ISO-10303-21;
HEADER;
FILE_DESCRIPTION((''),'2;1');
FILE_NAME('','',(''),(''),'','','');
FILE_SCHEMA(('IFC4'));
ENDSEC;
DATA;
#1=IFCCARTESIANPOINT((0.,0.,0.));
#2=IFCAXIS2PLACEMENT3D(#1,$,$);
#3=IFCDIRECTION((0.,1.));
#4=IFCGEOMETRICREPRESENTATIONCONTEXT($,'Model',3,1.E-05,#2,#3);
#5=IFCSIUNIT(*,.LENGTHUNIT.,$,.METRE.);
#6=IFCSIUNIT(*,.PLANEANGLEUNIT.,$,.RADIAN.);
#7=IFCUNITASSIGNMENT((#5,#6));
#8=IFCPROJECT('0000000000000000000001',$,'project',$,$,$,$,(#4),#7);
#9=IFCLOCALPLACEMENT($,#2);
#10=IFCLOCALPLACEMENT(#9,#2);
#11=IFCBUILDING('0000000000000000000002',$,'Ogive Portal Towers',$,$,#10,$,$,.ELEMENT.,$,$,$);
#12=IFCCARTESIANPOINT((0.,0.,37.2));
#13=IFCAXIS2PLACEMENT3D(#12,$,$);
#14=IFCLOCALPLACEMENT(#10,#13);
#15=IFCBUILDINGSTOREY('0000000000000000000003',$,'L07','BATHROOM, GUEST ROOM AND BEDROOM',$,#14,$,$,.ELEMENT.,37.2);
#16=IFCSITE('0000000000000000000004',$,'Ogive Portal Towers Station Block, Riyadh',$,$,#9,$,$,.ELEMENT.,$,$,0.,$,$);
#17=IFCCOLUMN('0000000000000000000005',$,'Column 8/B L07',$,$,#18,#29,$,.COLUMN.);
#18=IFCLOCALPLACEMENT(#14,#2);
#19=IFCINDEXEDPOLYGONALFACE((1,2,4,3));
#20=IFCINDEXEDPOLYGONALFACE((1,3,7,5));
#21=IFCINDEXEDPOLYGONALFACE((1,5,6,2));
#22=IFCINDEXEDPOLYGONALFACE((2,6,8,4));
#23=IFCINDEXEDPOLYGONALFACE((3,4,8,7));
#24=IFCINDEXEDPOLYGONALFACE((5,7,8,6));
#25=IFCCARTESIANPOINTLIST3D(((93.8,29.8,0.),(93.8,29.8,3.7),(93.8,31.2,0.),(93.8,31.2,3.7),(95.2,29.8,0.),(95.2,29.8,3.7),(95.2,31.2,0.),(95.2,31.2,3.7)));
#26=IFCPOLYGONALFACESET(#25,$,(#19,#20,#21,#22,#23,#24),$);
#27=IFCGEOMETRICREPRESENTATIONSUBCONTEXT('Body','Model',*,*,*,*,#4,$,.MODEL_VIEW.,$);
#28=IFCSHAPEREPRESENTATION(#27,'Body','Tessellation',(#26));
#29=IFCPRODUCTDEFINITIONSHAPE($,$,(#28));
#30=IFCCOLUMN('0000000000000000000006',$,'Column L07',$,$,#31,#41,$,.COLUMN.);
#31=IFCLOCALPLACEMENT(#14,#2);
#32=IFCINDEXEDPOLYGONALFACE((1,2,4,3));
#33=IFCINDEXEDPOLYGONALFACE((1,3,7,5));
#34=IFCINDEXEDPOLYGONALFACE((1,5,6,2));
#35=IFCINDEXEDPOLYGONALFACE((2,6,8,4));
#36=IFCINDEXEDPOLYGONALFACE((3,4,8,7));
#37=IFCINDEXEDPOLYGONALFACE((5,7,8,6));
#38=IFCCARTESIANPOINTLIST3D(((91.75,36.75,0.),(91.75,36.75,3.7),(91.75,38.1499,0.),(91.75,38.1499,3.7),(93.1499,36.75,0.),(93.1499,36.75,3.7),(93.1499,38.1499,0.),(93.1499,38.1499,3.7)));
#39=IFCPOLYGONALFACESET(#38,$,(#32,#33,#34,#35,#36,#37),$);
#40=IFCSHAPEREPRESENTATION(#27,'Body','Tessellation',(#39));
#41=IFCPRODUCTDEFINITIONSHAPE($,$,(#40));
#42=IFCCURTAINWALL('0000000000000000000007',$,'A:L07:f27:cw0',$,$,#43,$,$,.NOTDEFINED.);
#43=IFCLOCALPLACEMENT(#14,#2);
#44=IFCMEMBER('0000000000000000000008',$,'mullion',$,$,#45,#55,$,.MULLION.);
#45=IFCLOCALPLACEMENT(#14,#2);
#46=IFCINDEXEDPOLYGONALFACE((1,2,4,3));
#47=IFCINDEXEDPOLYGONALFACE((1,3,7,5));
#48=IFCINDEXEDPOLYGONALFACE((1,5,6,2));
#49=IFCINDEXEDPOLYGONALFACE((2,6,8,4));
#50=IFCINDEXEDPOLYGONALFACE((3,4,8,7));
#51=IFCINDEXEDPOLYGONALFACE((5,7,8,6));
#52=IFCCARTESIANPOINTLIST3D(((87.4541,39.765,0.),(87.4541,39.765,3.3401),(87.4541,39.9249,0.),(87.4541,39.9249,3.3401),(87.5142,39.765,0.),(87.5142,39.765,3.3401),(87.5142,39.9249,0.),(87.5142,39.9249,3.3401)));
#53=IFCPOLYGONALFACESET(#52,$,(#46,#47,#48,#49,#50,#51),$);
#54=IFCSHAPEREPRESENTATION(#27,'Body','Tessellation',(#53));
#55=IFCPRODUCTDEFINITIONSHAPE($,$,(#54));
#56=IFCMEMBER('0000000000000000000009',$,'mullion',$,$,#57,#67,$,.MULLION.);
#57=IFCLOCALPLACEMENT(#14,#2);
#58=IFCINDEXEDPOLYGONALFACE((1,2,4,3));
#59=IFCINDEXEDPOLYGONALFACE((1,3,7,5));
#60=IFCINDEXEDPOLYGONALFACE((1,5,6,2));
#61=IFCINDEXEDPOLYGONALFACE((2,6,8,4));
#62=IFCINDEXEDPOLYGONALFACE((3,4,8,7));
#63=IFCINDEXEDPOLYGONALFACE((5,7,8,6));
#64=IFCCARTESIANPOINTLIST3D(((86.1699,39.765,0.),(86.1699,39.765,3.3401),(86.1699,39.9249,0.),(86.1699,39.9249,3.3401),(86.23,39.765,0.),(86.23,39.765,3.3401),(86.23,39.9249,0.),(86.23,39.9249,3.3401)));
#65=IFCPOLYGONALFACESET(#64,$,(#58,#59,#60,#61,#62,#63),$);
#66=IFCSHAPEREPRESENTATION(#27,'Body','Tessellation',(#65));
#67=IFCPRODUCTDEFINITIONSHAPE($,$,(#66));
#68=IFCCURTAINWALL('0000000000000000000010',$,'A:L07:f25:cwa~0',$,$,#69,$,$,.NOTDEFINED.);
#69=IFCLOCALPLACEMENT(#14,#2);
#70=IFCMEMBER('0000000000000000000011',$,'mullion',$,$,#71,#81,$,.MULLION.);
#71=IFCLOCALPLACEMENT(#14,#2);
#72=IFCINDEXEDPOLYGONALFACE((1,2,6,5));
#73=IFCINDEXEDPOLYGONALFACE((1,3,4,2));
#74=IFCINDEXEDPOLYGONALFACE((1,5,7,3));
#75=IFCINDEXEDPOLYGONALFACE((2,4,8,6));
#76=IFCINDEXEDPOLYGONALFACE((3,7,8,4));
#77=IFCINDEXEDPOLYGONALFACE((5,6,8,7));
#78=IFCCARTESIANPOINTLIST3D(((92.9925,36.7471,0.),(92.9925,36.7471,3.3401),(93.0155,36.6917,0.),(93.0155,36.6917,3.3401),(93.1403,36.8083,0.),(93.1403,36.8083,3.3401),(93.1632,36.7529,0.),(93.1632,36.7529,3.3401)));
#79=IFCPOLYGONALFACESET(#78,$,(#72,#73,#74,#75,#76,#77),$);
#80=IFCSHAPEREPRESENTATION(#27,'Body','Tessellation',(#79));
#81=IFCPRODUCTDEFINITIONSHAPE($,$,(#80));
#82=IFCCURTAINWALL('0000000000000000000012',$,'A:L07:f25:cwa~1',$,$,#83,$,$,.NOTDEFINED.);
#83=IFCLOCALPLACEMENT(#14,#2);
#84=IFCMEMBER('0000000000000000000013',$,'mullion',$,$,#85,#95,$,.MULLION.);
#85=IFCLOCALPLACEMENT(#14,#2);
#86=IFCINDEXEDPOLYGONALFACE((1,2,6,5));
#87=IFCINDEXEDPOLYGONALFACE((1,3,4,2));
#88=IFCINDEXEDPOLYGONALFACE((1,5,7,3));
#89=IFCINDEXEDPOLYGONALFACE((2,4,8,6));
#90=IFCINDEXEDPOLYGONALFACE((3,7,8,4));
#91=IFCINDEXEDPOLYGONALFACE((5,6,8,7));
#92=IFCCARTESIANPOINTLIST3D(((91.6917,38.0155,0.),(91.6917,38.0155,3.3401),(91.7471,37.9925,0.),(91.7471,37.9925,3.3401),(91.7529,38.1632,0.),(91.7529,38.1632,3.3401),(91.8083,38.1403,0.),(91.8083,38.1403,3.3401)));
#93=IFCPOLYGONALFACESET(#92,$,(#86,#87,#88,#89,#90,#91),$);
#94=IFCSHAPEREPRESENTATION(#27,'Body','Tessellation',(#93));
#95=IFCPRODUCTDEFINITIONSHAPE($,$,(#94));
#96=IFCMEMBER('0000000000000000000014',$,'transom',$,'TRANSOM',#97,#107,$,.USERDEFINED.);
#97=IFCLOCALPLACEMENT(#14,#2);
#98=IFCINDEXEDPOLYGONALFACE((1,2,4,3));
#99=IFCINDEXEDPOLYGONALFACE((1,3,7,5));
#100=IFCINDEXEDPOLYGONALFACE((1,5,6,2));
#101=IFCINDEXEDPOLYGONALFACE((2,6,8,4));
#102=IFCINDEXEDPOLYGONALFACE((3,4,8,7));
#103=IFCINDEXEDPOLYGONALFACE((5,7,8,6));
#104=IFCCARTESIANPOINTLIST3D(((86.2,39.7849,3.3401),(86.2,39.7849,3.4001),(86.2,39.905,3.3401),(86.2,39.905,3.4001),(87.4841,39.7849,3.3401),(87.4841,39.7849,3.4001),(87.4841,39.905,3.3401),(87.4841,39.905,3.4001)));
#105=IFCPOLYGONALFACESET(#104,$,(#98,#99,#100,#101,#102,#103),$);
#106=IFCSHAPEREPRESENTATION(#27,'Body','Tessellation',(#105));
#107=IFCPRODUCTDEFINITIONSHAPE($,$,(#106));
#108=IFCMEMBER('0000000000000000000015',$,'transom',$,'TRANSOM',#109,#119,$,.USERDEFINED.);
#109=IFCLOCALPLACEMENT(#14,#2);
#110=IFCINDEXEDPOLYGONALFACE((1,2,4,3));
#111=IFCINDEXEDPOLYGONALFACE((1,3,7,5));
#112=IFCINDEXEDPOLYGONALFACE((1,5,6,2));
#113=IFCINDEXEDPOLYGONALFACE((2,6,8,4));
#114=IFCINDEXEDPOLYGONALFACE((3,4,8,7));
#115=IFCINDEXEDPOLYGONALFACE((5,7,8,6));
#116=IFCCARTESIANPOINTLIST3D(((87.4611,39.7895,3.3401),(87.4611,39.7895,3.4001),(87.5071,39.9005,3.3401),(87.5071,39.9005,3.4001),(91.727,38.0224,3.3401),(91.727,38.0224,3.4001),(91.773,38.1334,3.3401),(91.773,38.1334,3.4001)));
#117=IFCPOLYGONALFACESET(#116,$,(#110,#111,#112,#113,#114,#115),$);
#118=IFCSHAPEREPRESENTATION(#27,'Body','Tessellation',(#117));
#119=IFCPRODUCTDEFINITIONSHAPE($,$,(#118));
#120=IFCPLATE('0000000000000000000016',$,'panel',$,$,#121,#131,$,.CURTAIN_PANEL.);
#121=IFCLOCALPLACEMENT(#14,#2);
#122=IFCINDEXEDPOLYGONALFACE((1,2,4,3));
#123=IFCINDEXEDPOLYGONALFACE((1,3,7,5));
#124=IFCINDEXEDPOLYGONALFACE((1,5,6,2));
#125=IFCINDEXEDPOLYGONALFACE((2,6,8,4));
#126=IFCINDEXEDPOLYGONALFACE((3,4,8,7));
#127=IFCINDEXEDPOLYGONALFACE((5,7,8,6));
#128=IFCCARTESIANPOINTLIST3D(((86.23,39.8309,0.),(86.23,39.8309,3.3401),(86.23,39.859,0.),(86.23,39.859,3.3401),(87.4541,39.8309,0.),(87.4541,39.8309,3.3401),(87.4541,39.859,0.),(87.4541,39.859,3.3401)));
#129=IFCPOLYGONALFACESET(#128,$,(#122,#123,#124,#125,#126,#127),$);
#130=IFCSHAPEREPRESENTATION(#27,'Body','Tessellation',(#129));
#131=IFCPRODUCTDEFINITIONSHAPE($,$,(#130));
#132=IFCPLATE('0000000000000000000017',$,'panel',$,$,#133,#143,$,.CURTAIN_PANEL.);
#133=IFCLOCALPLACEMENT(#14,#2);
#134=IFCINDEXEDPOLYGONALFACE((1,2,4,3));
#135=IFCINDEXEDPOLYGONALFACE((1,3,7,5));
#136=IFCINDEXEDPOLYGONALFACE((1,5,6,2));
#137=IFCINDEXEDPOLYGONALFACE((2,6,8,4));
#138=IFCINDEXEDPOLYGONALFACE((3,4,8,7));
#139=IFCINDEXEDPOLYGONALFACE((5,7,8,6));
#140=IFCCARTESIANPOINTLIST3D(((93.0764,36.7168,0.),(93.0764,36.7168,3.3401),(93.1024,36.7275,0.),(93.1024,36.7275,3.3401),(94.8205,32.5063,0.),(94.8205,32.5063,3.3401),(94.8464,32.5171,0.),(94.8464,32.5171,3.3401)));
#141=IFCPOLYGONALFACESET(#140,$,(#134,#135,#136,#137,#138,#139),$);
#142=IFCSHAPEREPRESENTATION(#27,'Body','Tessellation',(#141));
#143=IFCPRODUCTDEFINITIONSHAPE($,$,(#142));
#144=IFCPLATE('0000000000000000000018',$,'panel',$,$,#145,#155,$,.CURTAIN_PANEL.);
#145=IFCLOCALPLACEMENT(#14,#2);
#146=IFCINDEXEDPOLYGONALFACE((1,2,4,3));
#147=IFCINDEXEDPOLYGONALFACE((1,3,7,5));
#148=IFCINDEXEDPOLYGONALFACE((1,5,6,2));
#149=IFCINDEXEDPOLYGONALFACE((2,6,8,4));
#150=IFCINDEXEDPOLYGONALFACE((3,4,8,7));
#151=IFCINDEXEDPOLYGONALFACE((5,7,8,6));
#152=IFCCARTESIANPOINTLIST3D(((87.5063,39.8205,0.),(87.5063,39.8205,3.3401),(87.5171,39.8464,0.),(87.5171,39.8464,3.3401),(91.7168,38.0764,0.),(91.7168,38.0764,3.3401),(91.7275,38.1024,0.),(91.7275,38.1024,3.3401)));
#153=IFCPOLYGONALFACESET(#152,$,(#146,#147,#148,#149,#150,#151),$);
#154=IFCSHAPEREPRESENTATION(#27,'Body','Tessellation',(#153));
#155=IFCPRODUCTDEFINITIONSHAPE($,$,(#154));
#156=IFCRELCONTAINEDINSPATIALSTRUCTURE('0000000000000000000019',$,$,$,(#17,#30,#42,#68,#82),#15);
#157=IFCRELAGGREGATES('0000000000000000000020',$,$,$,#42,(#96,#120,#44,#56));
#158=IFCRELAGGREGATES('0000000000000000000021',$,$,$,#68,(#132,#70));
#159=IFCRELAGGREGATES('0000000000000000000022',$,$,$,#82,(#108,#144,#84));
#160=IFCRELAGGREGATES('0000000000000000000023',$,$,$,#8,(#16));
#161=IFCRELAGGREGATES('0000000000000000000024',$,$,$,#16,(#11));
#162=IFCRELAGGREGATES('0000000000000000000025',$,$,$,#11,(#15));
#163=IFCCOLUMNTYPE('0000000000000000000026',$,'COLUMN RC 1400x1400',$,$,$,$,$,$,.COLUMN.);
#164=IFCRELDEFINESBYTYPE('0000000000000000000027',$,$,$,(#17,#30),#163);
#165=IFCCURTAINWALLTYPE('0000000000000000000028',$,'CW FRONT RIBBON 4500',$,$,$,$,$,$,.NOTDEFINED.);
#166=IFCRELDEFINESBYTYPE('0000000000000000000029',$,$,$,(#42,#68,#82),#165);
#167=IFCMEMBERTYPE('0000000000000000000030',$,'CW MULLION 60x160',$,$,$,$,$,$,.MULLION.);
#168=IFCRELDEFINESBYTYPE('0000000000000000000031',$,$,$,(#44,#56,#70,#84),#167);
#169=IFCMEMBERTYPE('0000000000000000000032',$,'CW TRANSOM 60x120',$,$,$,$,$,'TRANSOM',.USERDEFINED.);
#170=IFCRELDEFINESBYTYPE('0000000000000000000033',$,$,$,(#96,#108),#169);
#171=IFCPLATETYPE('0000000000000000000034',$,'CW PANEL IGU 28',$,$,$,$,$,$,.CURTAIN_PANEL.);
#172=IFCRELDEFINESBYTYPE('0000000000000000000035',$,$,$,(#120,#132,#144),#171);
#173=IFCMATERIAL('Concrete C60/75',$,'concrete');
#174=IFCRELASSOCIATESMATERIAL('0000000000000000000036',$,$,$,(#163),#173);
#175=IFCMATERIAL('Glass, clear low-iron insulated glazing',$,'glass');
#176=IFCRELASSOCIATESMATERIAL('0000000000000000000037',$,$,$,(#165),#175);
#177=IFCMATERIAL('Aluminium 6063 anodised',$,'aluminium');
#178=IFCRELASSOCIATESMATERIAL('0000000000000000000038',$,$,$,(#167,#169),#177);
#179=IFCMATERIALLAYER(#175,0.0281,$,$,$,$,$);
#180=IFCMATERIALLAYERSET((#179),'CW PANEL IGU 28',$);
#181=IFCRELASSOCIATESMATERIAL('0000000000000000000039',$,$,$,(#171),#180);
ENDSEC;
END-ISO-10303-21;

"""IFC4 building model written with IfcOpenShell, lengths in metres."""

from ifc_helpers import new_model, si_unit, direction, frame, origin, origin_2d, place, context, subcontext, project, spatial, rectangle, extrude, material, layer, layer_set, material_profile, profile_set, type_object, element, aggregate, save


model = new_model("IFC4")

# Units and contexts
model_context = context("Model", 3, precision=1e-05, world=origin(), true_north=direction((0.0, 1.0)))
body_context = subcontext(model_context, "Body", "Model", "MODEL_VIEW")
ifc_project = project(units=[si_unit("LENGTHUNIT", "METRE"), si_unit("PLANEANGLEUNIT", "RADIAN")], contexts=[model_context])

# Site, building, storey
site_placement = place(None, origin())
site = spatial("IfcSite", under=ifc_project, at=site_placement, Name="Ogive Portal Towers Station Block, Riyadh", CompositionType="ELEMENT", RefElevation=0.0)
building_placement = place(site_placement, origin())
building = spatial("IfcBuilding", under=site, at=building_placement, Name="Ogive Portal Towers", CompositionType="ELEMENT")
storey_placement = place(building_placement, frame((0.0, 0.0, 37.2)))
storey = spatial("IfcBuildingStorey", under=building, at=storey_placement, Name="L07", Description="BATHROOM, GUEST ROOM AND BEDROOM", CompositionType="ELEMENT", Elevation=37.2)

# Columns
ifc_material_1 = material(Name="Concrete C60/75", Category="concrete")
ifc_material_profile_1 = material_profile(ifc_material_1, rectangle(XDim=1.3999, YDim=1.3999, at=origin_2d()), Name="RC 1400x1400")
ifc_profile_set_1 = profile_set([ifc_material_profile_1], Name="Concrete C60/75")
column_type = type_object("IfcColumnType", Name="COLUMN RC 1400x1400", PredefinedType="COLUMN", material=ifc_profile_set_1)
for number, where, z_axis, x_axis, name in (
    (1, (94.5, 30.5, 0.0), (0.0, 0.0, 1.0), (1.0, 0.0, 0.0), "Column 8/B L07"),
    (2, (92.45, 37.45, 0.0), (0.0, 0.0, 1.0), (1.0, 0.0, 0.0), "Column L07"),
):
    element("IfcColumn", number, at=place(storey_placement, frame(where, z_axis=z_axis, x_axis=x_axis)), inside=storey, type_object=column_type, Name=name, PredefinedType="COLUMN", context=body_context, shape_type="SweptSolid", body=[
        extrude(rectangle(XDim=1.3999, YDim=1.3999, at=origin_2d()), origin(), (0.0, 0.0, 1.0), 3.7),
    ])

# Curtain wall, members
ifc_material_2 = material(Name="Glass, clear low-iron insulated glazing", Category="glass")
curtain_wall_type = type_object("IfcCurtainWallType", Name="CW FRONT RIBBON 4500", PredefinedType="NOTDEFINED", material=ifc_material_2)
curtain_wall_1_placement = place(storey_placement, origin())
curtain_wall_1 = element("IfcCurtainWall", 3, at=curtain_wall_1_placement, inside=storey, type_object=curtain_wall_type, Name="A:L07:f27:cw0", PredefinedType="NOTDEFINED")
ifc_material_3 = material(Name="Aluminium 6063 anodised", Category="aluminium")
ifc_material_profile_2 = material_profile(ifc_material_3, rectangle(XDim=0.1599, YDim=0.0601, at=origin_2d()), Name="AL 60x160")
ifc_profile_set_2 = profile_set([ifc_material_profile_2], Name="Aluminium 6063 anodised")
member_type_1 = type_object("IfcMemberType", Name="CW MULLION 60x160", PredefinedType="MULLION", material=ifc_profile_set_2)
member_1_placement = place(storey_placement, frame((87.4841, 39.845, 0.0), z_axis=(0.0, 0.0, 1.0), x_axis=(0.0, -1.0, 0.0)))
member_1 = element("IfcMember", 4, at=member_1_placement, type_object=member_type_1, Name="mullion", PredefinedType="MULLION", context=body_context, shape_type="SweptSolid", body=[
    extrude(rectangle(XDim=0.1599, YDim=0.0601, at=origin_2d()), origin(), (0.0, 0.0, 1.0), 3.3401),
])
member_2_placement = place(storey_placement, frame((86.2, 39.845, 0.0), z_axis=(0.0, 0.0, 1.0), x_axis=(0.0, -1.0, 0.0)))
member_2 = element("IfcMember", 5, at=member_2_placement, type_object=member_type_1, Name="mullion", PredefinedType="MULLION", context=body_context, shape_type="SweptSolid", body=[
    extrude(rectangle(XDim=0.1599, YDim=0.0601, at=origin_2d()), origin(), (0.0, 0.0, 1.0), 3.3401),
])

# Curtain walls, members
curtain_wall_2_placement = place(storey_placement, origin())
curtain_wall_2 = element("IfcCurtainWall", 6, at=curtain_wall_2_placement, inside=storey, type_object=curtain_wall_type, Name="A:L07:f25:cwa~0", PredefinedType="NOTDEFINED")
member_3_placement = place(storey_placement, frame((93.0779, 36.75, 0.0), z_axis=(0.0, 0.0, 1.0), x_axis=(-0.92388, -0.382683, 0.0)))
member_3 = element("IfcMember", 7, at=member_3_placement, type_object=member_type_1, Name="mullion", PredefinedType="MULLION", context=body_context, shape_type="SweptSolid", body=[
    extrude(rectangle(XDim=0.1599, YDim=0.0601, at=origin_2d()), origin(), (0.0, 0.0, 1.0), 3.3401),
])
curtain_wall_3_placement = place(storey_placement, origin())
curtain_wall_3 = element("IfcCurtainWall", 8, at=curtain_wall_3_placement, inside=storey, type_object=curtain_wall_type, Name="A:L07:f25:cwa~1", PredefinedType="NOTDEFINED")
member_4_placement = place(storey_placement, frame((91.75, 38.0779, 0.0), z_axis=(0.0, 0.0, 1.0), x_axis=(-0.382683, -0.92388, 0.0)))
member_4 = element("IfcMember", 9, at=member_4_placement, type_object=member_type_1, Name="mullion", PredefinedType="MULLION", context=body_context, shape_type="SweptSolid", body=[
    extrude(rectangle(XDim=0.1599, YDim=0.0601, at=origin_2d()), origin(), (0.0, 0.0, 1.0), 3.3401),
])

# Members
ifc_material_profile_3 = material_profile(ifc_material_3, rectangle(XDim=0.1201, YDim=0.0601, at=origin_2d()), Name="AL 120x60")
ifc_profile_set_3 = profile_set([ifc_material_profile_3], Name="Aluminium 6063 anodised")
member_type_2 = type_object("IfcMemberType", Name="CW TRANSOM 60x120", ElementType="TRANSOM", PredefinedType="USERDEFINED", material=ifc_profile_set_3)
member_5_placement = place(storey_placement, frame((87.4841, 39.845, 3.3701), z_axis=(-1.0, 0.0, 0.0), x_axis=(0.0, -1.0, 0.0)))
member_5 = element("IfcMember", 10, at=member_5_placement, type_object=member_type_2, Name="transom", ObjectType="TRANSOM", PredefinedType="USERDEFINED", context=body_context, shape_type="SweptSolid", body=[
    extrude(rectangle(XDim=0.1201, YDim=0.0601, at=origin_2d()), origin(), (0.0, 0.0, 1.0), 1.2842),
])
member_6_placement = place(storey_placement, frame((91.75, 38.0779, 3.3701), z_axis=(-0.923871, 0.382704, 0.0), x_axis=(-0.382704, -0.923871, 0.0)))
member_6 = element("IfcMember", 11, at=member_6_placement, type_object=member_type_2, Name="transom", ObjectType="TRANSOM", PredefinedType="USERDEFINED", context=body_context, shape_type="SweptSolid", body=[
    extrude(rectangle(XDim=0.1201, YDim=0.0601, at=origin_2d()), origin(), (0.0, 0.0, 1.0), 4.6174),
])

# Plates
ifc_layer_1 = layer(ifc_material_2, 0.0281)
ifc_layer_set_1 = layer_set([ifc_layer_1], Name="CW PANEL IGU 28")
plate_type = type_object("IfcPlateType", Name="CW PANEL IGU 28", PredefinedType="CURTAIN_PANEL", material=ifc_layer_set_1)
plate_1_placement = place(storey_placement, frame((86.842, 39.845, 0.0), z_axis=(0.0, 0.0, 1.0), x_axis=(-1.0, 0.0, 0.0)))
plate_1 = element("IfcPlate", 12, at=plate_1_placement, type_object=plate_type, Name="panel", PredefinedType="CURTAIN_PANEL", context=body_context, shape_type="SweptSolid", body=[
    extrude(rectangle(XDim=1.2241, YDim=0.0281, at=origin_2d()), origin(), (0.0, 0.0, 1.0), 3.3401),
])
aggregate(curtain_wall_1, [member_5, plate_1, member_1, member_2])
plate_2_placement = place(storey_placement, frame((93.9614, 34.6169, 0.0), z_axis=(0.0, 0.0, 1.0), x_axis=(-0.382683, 0.92388, 0.0)))
plate_2 = element("IfcPlate", 13, at=plate_2_placement, type_object=plate_type, Name="panel", PredefinedType="CURTAIN_PANEL", context=body_context, shape_type="SweptSolid", body=[
    extrude(rectangle(XDim=4.5574, YDim=0.0281, at=origin_2d()), origin(), (0.0, 0.0, 1.0), 3.3401),
])
aggregate(curtain_wall_2, [plate_2, member_3])
plate_3_placement = place(storey_placement, frame((89.6169, 38.9614, 0.0), z_axis=(0.0, 0.0, 1.0), x_axis=(-0.92388, 0.382683, 0.0)))
plate_3 = element("IfcPlate", 14, at=plate_3_placement, type_object=plate_type, Name="panel", PredefinedType="CURTAIN_PANEL", context=body_context, shape_type="SweptSolid", body=[
    extrude(rectangle(XDim=4.5574, YDim=0.0281, at=origin_2d()), origin(), (0.0, 0.0, 1.0), 3.3401),
])
aggregate(curtain_wall_3, [member_6, plate_3, member_4])

save(model, "model.ifc")
